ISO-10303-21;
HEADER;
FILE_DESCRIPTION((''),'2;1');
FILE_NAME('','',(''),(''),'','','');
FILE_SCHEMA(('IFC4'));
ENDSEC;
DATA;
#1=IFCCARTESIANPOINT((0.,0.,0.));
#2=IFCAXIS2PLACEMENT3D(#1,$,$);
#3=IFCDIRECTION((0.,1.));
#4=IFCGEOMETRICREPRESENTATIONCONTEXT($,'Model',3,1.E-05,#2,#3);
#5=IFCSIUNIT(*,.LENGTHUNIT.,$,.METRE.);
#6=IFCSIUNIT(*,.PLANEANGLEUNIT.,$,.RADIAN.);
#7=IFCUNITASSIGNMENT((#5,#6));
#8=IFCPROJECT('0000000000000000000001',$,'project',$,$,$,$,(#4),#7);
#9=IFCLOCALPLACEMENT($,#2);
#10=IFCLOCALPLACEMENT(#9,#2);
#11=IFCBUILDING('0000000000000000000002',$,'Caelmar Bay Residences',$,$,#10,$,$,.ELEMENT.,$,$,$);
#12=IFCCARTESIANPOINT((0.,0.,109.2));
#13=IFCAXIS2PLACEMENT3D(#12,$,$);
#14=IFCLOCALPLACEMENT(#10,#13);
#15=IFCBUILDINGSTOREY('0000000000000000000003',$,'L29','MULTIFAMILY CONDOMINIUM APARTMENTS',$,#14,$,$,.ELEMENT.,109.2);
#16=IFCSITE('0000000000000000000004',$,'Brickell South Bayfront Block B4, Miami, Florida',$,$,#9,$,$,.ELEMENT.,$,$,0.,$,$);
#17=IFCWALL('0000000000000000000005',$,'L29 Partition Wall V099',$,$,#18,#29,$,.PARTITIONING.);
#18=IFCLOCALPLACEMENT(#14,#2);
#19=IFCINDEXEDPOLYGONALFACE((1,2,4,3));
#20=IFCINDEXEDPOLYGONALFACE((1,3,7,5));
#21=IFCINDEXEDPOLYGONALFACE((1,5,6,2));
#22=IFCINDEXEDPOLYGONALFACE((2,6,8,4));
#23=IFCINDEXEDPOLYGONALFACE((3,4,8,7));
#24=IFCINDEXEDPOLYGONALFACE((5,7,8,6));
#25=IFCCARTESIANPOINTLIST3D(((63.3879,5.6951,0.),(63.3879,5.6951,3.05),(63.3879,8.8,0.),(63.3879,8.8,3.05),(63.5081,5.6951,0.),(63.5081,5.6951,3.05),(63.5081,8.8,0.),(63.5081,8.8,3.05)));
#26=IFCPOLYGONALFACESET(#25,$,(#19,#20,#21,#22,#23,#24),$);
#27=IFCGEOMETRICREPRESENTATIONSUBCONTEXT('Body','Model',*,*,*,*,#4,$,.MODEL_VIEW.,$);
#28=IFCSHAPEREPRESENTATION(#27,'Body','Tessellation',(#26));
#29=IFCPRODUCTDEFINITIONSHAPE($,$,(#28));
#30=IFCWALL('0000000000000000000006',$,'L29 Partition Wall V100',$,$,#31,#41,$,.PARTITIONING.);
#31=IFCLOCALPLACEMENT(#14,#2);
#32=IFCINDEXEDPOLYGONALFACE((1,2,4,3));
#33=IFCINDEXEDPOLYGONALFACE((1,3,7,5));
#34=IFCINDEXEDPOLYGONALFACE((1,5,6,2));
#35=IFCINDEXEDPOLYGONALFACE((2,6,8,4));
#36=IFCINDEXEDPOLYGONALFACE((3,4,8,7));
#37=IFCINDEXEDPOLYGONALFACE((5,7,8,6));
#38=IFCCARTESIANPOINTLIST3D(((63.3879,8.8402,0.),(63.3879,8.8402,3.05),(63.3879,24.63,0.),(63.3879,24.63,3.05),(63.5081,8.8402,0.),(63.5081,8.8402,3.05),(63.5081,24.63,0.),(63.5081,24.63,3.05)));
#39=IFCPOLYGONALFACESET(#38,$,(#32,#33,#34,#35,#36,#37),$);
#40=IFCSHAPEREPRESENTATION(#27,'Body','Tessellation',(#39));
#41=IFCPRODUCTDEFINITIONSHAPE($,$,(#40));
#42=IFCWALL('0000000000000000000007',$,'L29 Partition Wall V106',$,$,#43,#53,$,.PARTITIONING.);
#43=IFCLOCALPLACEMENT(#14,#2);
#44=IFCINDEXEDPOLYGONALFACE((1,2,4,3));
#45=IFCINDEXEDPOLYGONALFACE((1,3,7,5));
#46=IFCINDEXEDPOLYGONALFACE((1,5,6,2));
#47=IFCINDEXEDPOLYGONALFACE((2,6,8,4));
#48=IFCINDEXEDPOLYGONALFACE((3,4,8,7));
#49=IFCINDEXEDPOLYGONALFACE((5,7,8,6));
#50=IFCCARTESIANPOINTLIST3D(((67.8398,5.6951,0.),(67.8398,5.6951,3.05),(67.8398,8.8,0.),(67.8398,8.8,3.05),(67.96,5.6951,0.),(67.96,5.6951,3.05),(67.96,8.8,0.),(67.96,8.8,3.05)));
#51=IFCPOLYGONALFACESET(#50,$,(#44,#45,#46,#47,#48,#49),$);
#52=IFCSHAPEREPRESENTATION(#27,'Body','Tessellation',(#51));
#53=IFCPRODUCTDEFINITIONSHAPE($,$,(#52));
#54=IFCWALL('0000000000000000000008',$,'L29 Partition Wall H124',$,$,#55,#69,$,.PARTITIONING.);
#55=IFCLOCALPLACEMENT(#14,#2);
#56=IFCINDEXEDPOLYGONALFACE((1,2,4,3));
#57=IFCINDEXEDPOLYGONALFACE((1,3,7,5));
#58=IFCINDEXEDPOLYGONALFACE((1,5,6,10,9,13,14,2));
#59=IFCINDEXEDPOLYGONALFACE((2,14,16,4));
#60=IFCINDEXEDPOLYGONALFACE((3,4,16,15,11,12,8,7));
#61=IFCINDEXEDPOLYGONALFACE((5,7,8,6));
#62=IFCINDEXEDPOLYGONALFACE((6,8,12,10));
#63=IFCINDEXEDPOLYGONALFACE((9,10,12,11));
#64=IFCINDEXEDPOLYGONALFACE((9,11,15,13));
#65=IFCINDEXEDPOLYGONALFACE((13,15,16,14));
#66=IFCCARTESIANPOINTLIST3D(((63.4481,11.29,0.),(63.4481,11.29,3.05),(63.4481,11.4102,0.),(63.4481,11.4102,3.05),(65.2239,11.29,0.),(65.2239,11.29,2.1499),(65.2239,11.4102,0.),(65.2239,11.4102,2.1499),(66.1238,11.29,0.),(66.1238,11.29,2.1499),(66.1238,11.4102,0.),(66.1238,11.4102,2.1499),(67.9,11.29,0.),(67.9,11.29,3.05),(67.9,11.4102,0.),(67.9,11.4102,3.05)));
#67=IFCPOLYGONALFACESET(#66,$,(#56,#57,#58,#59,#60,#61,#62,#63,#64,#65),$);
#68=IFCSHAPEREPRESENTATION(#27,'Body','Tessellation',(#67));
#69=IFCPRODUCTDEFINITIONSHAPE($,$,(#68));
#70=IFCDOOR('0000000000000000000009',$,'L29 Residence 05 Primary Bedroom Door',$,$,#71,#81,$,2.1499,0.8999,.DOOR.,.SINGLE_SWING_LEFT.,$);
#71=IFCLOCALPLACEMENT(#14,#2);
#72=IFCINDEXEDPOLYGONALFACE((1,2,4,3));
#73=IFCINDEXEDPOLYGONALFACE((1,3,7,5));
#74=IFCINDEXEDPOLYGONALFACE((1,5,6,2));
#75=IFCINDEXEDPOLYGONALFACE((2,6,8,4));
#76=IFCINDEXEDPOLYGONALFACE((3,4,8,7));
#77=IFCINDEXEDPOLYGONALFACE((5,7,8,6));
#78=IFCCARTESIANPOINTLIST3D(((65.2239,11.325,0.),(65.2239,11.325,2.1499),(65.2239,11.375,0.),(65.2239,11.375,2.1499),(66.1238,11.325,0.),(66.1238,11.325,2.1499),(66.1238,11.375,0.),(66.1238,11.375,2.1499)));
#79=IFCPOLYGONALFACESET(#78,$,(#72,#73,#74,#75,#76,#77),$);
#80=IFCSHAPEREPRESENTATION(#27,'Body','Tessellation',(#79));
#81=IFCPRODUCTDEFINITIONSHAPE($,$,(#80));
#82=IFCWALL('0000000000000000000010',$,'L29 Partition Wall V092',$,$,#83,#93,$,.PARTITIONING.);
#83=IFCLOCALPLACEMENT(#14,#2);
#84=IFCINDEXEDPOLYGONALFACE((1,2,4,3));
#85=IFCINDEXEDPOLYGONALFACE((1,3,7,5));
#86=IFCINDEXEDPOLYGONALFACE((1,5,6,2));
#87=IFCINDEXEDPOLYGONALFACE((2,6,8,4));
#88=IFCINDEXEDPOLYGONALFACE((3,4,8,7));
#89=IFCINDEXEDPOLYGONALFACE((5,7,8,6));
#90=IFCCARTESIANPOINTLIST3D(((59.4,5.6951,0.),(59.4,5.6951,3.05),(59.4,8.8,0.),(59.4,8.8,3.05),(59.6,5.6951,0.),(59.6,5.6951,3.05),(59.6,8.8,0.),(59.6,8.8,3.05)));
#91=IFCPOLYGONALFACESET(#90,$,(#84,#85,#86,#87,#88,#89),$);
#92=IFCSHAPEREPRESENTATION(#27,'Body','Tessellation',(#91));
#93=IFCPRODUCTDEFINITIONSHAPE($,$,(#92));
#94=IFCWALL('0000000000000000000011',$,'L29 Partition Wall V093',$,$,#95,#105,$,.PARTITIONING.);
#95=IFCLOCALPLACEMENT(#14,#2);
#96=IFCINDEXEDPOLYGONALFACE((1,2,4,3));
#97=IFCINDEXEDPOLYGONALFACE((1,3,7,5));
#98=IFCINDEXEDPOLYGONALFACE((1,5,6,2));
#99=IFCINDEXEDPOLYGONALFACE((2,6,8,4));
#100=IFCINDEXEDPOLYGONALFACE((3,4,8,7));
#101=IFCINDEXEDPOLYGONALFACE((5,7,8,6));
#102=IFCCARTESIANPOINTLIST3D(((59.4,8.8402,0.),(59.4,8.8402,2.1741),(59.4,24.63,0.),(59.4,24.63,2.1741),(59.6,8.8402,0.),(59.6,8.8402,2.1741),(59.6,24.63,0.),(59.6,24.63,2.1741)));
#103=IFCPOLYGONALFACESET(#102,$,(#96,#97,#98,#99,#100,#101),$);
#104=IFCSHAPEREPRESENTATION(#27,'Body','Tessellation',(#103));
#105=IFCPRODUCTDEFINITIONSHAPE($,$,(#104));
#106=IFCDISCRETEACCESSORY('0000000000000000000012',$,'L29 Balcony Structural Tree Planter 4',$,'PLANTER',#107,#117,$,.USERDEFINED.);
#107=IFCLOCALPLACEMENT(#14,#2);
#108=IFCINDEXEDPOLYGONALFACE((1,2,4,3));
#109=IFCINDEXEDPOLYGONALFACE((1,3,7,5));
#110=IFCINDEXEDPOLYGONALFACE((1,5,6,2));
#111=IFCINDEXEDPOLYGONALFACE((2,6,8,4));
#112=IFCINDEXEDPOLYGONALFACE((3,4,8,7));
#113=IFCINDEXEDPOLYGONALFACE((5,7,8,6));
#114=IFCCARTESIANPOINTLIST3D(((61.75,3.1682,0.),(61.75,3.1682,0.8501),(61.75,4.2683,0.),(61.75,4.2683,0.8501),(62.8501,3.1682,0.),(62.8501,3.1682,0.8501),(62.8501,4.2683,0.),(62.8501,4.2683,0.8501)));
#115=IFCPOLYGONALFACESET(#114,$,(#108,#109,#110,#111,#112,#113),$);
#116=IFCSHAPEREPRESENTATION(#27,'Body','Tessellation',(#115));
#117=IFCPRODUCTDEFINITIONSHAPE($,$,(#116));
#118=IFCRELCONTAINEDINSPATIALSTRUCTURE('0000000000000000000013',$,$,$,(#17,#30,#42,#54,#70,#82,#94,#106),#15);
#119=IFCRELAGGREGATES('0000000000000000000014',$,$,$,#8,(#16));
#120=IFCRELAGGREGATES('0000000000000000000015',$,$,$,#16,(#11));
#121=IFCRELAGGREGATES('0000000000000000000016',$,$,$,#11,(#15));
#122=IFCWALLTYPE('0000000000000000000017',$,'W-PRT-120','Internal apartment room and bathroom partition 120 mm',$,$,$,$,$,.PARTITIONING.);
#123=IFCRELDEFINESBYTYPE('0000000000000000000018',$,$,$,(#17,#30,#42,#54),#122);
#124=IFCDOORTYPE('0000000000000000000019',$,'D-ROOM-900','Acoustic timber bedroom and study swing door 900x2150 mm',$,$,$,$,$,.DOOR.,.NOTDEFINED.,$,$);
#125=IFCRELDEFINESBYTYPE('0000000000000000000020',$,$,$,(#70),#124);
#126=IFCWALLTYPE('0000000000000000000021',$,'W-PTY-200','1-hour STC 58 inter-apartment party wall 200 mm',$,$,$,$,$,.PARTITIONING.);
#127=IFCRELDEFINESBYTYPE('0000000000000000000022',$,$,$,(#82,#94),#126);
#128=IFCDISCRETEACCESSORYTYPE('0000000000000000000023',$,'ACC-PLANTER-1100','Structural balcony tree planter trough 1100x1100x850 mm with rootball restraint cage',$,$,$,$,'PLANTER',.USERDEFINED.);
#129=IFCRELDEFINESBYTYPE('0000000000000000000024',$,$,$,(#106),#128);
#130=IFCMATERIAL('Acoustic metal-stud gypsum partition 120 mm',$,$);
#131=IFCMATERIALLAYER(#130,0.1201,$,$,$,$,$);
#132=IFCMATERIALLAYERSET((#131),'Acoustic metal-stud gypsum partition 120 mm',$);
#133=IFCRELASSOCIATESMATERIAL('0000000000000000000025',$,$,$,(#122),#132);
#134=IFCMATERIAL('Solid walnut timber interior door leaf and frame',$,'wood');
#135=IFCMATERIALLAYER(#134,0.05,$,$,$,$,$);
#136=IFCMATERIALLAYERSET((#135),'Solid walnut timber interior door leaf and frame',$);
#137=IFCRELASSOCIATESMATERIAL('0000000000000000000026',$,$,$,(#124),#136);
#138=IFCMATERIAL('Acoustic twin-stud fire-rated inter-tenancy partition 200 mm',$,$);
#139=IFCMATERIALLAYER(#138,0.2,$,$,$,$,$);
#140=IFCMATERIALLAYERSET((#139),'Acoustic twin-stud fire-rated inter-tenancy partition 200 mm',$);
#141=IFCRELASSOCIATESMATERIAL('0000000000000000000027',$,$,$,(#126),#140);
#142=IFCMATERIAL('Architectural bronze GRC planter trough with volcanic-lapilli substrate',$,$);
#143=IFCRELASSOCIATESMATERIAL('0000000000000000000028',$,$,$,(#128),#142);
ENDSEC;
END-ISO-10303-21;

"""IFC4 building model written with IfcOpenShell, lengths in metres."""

from ifc_helpers import new_model, si_unit, direction, frame, frame_2d, origin, origin_2d, place, context, subcontext, project, spatial, rectangle, extrude, material, layer, layer_set, type_object, element, fill, save


model = new_model("IFC4")

# Units and contexts
model_context = context("Model", 3, precision=1e-05, world=origin(), true_north=direction((0.0, 1.0)))
body_context = subcontext(model_context, "Body", "Model", "MODEL_VIEW")
ifc_project = project(units=[si_unit("LENGTHUNIT", "METRE"), si_unit("PLANEANGLEUNIT", "RADIAN")], contexts=[model_context])

# Site, building, storey
site_placement = place(None, origin())
site = spatial("IfcSite", under=ifc_project, at=site_placement, Name="Brickell South Bayfront Block B4, Miami, Florida", CompositionType="ELEMENT", RefElevation=0.0)
building_placement = place(site_placement, origin())
building = spatial("IfcBuilding", under=site, at=building_placement, Name="Caelmar Bay Residences", CompositionType="ELEMENT")
storey_placement = place(building_placement, frame((0.0, 0.0, 109.2)))
storey = spatial("IfcBuildingStorey", under=building, at=storey_placement, Name="L29", Description="MULTIFAMILY CONDOMINIUM APARTMENTS", CompositionType="ELEMENT", Elevation=109.2)

# Walls
ifc_material_1 = material(Name="Acoustic metal-stud gypsum partition 120 mm")
ifc_layer_1 = layer(ifc_material_1, 0.1201)
ifc_layer_set_1 = layer_set([ifc_layer_1], Name="Acoustic metal-stud gypsum partition 120 mm")
wall_type_1 = type_object("IfcWallType", Name="W-PRT-120", Description="Internal apartment room and bathroom partition 120 mm", PredefinedType="PARTITIONING", material=ifc_layer_set_1)
wall_1_placement = place(storey_placement, frame((63.448, 5.6951, 0.0), z_axis=(0.0, 0.0, 1.0), x_axis=(0.0, 1.0, 0.0)))
element("IfcWall", 1, at=wall_1_placement, inside=storey, type_object=wall_type_1, Name="L29 Partition Wall V099", PredefinedType="PARTITIONING", context=body_context, shape_type="SweptSolid", body=[
    extrude(rectangle(XDim=3.105, YDim=0.1201, at=frame_2d((1.5525, 0.0))), origin(), (0.0, 0.0, 1.0), 3.05),
])
wall_2_placement = place(storey_placement, frame((63.448, 8.8401, 0.0), z_axis=(0.0, 0.0, 1.0), x_axis=(0.0, 1.0, 0.0)))
element("IfcWall", 2, at=wall_2_placement, inside=storey, type_object=wall_type_1, Name="L29 Partition Wall V100", PredefinedType="PARTITIONING", context=body_context, shape_type="SweptSolid", body=[
    extrude(rectangle(XDim=15.7898, YDim=0.1201, at=frame_2d((7.895, 0.0))), origin(), (0.0, 0.0, 1.0), 3.05),
])
wall_3_placement = place(storey_placement, frame((67.8999, 5.6951, 0.0), z_axis=(0.0, 0.0, 1.0), x_axis=(0.0, 1.0, 0.0)))
element("IfcWall", 3, at=wall_3_placement, inside=storey, type_object=wall_type_1, Name="L29 Partition Wall V106", PredefinedType="PARTITIONING", context=body_context, shape_type="SweptSolid", body=[
    extrude(rectangle(XDim=3.105, YDim=0.1201, at=frame_2d((1.5525, 0.0))), origin(), (0.0, 0.0, 1.0), 3.05),
])

# Wall, opening, door
ifc_material_2 = material(Name="Solid walnut timber interior door leaf and frame", Category="wood")
ifc_layer_2 = layer(ifc_material_2, 0.05)
ifc_layer_set_2 = layer_set([ifc_layer_2], Name="Solid walnut timber interior door leaf and frame")
door_type = type_object("IfcDoorType", Name="D-ROOM-900", Description="Acoustic timber bedroom and study swing door 900x2150 mm", OperationType="NOTDEFINED", PredefinedType="DOOR", material=ifc_layer_set_2)
wall_4_placement = place(storey_placement, frame((63.448, 11.3501, 0.0), z_axis=(0.0, 0.0, 1.0), x_axis=(1.0, 0.0, 0.0)))
wall_4 = element("IfcWall", 4, at=wall_4_placement, inside=storey, type_object=wall_type_1, Name="L29 Partition Wall H124", PredefinedType="PARTITIONING", context=body_context, shape_type="SweptSolid", body=[
    extrude(rectangle(XDim=4.4519, YDim=0.1201, at=frame_2d((2.2261, 0.0))), origin(), (0.0, 0.0, 1.0), 3.05),
])
opening_1_placement = place(wall_4_placement, frame((1.7759, 0.0, 0.0)))
opening_1 = element("IfcOpeningElement", 5, at=opening_1_placement, cuts=wall_4, PredefinedType="OPENING", context=body_context, shape_type="SweptSolid", body=[
    extrude(rectangle(XDim=0.8999, YDim=2.1499, at=frame_2d((0.45, 1.075))), frame((0.0, 0.0701, 0.0), z_axis=(0.0, -1.0, 0.0), x_axis=(1.0, 0.0, 0.0)), (0.0, 0.0, 1.0), 0.1401),
])
door_1_placement = place(opening_1_placement, origin())
door_1 = element("IfcDoor", 6, at=door_1_placement, inside=storey, type_object=door_type, Name="L29 Residence 05 Primary Bedroom Door", OperationType="SINGLE_SWING_LEFT", OverallHeight=2.1499, OverallWidth=0.8999, PredefinedType="DOOR", context=body_context, shape_type="SweptSolid", body=[
    extrude(rectangle(XDim=0.8999, YDim=2.1499, at=frame_2d((0.45, 1.075))), frame((0.0, 0.0249, 0.0), z_axis=(0.0, -1.0, 0.0), x_axis=(1.0, 0.0, 0.0)), (0.0, 0.0, 1.0), 0.05),
])
fill(opening_1, door_1)

# Walls
ifc_material_3 = material(Name="Acoustic twin-stud fire-rated inter-tenancy partition 200 mm")
ifc_layer_3 = layer(ifc_material_3, 0.2)
ifc_layer_set_3 = layer_set([ifc_layer_3], Name="Acoustic twin-stud fire-rated inter-tenancy partition 200 mm")
wall_type_2 = type_object("IfcWallType", Name="W-PTY-200", Description="1-hour STC 58 inter-apartment party wall 200 mm", PredefinedType="PARTITIONING", material=ifc_layer_set_3)
wall_5_placement = place(storey_placement, frame((59.5, 5.6951, 0.0), z_axis=(0.0, 0.0, 1.0), x_axis=(0.0, 1.0, 0.0)))
element("IfcWall", 7, at=wall_5_placement, inside=storey, type_object=wall_type_2, Name="L29 Partition Wall V092", PredefinedType="PARTITIONING", context=body_context, shape_type="SweptSolid", body=[
    extrude(rectangle(XDim=3.105, YDim=0.2, at=frame_2d((1.5525, 0.0))), origin(), (0.0, 0.0, 1.0), 3.05),
])
wall_6_placement = place(storey_placement, frame((59.5, 8.8401, 0.0), z_axis=(0.0, 0.0, 1.0), x_axis=(0.0, 1.0, 0.0)))
element("IfcWall", 8, at=wall_6_placement, inside=storey, type_object=wall_type_2, Name="L29 Partition Wall V093", PredefinedType="PARTITIONING", context=body_context, shape_type="SweptSolid", body=[
    extrude(rectangle(XDim=15.7898, YDim=0.2, at=frame_2d((7.895, 0.0))), origin(), (0.0, 0.0, 1.0), 2.1741),
])

# Discrete accessory
ifc_material_4 = material(Name="Architectural bronze GRC planter trough with volcanic-lapilli substrate")
discrete_accessory_type = type_object("IfcDiscreteAccessoryType", Name="ACC-PLANTER-1100", Description="Structural balcony tree planter trough 1100x1100x850 mm with rootball restraint cage", ElementType="PLANTER", PredefinedType="USERDEFINED", material=ifc_material_4)
discrete_accessory_placement = place(storey_placement, frame((62.3, 3.7183, 0.0), z_axis=(0.0, 0.0, 1.0), x_axis=(1.0, 0.0, 0.0)))
element("IfcDiscreteAccessory", 9, at=discrete_accessory_placement, inside=storey, type_object=discrete_accessory_type, Name="L29 Balcony Structural Tree Planter 4", ObjectType="PLANTER", PredefinedType="USERDEFINED", context=body_context, shape_type="SweptSolid", body=[
    extrude(rectangle(XDim=1.1001, YDim=1.1001, at=origin_2d()), origin(), (0.0, 0.0, 1.0), 0.8501),
])

save(model, "model.ifc")
